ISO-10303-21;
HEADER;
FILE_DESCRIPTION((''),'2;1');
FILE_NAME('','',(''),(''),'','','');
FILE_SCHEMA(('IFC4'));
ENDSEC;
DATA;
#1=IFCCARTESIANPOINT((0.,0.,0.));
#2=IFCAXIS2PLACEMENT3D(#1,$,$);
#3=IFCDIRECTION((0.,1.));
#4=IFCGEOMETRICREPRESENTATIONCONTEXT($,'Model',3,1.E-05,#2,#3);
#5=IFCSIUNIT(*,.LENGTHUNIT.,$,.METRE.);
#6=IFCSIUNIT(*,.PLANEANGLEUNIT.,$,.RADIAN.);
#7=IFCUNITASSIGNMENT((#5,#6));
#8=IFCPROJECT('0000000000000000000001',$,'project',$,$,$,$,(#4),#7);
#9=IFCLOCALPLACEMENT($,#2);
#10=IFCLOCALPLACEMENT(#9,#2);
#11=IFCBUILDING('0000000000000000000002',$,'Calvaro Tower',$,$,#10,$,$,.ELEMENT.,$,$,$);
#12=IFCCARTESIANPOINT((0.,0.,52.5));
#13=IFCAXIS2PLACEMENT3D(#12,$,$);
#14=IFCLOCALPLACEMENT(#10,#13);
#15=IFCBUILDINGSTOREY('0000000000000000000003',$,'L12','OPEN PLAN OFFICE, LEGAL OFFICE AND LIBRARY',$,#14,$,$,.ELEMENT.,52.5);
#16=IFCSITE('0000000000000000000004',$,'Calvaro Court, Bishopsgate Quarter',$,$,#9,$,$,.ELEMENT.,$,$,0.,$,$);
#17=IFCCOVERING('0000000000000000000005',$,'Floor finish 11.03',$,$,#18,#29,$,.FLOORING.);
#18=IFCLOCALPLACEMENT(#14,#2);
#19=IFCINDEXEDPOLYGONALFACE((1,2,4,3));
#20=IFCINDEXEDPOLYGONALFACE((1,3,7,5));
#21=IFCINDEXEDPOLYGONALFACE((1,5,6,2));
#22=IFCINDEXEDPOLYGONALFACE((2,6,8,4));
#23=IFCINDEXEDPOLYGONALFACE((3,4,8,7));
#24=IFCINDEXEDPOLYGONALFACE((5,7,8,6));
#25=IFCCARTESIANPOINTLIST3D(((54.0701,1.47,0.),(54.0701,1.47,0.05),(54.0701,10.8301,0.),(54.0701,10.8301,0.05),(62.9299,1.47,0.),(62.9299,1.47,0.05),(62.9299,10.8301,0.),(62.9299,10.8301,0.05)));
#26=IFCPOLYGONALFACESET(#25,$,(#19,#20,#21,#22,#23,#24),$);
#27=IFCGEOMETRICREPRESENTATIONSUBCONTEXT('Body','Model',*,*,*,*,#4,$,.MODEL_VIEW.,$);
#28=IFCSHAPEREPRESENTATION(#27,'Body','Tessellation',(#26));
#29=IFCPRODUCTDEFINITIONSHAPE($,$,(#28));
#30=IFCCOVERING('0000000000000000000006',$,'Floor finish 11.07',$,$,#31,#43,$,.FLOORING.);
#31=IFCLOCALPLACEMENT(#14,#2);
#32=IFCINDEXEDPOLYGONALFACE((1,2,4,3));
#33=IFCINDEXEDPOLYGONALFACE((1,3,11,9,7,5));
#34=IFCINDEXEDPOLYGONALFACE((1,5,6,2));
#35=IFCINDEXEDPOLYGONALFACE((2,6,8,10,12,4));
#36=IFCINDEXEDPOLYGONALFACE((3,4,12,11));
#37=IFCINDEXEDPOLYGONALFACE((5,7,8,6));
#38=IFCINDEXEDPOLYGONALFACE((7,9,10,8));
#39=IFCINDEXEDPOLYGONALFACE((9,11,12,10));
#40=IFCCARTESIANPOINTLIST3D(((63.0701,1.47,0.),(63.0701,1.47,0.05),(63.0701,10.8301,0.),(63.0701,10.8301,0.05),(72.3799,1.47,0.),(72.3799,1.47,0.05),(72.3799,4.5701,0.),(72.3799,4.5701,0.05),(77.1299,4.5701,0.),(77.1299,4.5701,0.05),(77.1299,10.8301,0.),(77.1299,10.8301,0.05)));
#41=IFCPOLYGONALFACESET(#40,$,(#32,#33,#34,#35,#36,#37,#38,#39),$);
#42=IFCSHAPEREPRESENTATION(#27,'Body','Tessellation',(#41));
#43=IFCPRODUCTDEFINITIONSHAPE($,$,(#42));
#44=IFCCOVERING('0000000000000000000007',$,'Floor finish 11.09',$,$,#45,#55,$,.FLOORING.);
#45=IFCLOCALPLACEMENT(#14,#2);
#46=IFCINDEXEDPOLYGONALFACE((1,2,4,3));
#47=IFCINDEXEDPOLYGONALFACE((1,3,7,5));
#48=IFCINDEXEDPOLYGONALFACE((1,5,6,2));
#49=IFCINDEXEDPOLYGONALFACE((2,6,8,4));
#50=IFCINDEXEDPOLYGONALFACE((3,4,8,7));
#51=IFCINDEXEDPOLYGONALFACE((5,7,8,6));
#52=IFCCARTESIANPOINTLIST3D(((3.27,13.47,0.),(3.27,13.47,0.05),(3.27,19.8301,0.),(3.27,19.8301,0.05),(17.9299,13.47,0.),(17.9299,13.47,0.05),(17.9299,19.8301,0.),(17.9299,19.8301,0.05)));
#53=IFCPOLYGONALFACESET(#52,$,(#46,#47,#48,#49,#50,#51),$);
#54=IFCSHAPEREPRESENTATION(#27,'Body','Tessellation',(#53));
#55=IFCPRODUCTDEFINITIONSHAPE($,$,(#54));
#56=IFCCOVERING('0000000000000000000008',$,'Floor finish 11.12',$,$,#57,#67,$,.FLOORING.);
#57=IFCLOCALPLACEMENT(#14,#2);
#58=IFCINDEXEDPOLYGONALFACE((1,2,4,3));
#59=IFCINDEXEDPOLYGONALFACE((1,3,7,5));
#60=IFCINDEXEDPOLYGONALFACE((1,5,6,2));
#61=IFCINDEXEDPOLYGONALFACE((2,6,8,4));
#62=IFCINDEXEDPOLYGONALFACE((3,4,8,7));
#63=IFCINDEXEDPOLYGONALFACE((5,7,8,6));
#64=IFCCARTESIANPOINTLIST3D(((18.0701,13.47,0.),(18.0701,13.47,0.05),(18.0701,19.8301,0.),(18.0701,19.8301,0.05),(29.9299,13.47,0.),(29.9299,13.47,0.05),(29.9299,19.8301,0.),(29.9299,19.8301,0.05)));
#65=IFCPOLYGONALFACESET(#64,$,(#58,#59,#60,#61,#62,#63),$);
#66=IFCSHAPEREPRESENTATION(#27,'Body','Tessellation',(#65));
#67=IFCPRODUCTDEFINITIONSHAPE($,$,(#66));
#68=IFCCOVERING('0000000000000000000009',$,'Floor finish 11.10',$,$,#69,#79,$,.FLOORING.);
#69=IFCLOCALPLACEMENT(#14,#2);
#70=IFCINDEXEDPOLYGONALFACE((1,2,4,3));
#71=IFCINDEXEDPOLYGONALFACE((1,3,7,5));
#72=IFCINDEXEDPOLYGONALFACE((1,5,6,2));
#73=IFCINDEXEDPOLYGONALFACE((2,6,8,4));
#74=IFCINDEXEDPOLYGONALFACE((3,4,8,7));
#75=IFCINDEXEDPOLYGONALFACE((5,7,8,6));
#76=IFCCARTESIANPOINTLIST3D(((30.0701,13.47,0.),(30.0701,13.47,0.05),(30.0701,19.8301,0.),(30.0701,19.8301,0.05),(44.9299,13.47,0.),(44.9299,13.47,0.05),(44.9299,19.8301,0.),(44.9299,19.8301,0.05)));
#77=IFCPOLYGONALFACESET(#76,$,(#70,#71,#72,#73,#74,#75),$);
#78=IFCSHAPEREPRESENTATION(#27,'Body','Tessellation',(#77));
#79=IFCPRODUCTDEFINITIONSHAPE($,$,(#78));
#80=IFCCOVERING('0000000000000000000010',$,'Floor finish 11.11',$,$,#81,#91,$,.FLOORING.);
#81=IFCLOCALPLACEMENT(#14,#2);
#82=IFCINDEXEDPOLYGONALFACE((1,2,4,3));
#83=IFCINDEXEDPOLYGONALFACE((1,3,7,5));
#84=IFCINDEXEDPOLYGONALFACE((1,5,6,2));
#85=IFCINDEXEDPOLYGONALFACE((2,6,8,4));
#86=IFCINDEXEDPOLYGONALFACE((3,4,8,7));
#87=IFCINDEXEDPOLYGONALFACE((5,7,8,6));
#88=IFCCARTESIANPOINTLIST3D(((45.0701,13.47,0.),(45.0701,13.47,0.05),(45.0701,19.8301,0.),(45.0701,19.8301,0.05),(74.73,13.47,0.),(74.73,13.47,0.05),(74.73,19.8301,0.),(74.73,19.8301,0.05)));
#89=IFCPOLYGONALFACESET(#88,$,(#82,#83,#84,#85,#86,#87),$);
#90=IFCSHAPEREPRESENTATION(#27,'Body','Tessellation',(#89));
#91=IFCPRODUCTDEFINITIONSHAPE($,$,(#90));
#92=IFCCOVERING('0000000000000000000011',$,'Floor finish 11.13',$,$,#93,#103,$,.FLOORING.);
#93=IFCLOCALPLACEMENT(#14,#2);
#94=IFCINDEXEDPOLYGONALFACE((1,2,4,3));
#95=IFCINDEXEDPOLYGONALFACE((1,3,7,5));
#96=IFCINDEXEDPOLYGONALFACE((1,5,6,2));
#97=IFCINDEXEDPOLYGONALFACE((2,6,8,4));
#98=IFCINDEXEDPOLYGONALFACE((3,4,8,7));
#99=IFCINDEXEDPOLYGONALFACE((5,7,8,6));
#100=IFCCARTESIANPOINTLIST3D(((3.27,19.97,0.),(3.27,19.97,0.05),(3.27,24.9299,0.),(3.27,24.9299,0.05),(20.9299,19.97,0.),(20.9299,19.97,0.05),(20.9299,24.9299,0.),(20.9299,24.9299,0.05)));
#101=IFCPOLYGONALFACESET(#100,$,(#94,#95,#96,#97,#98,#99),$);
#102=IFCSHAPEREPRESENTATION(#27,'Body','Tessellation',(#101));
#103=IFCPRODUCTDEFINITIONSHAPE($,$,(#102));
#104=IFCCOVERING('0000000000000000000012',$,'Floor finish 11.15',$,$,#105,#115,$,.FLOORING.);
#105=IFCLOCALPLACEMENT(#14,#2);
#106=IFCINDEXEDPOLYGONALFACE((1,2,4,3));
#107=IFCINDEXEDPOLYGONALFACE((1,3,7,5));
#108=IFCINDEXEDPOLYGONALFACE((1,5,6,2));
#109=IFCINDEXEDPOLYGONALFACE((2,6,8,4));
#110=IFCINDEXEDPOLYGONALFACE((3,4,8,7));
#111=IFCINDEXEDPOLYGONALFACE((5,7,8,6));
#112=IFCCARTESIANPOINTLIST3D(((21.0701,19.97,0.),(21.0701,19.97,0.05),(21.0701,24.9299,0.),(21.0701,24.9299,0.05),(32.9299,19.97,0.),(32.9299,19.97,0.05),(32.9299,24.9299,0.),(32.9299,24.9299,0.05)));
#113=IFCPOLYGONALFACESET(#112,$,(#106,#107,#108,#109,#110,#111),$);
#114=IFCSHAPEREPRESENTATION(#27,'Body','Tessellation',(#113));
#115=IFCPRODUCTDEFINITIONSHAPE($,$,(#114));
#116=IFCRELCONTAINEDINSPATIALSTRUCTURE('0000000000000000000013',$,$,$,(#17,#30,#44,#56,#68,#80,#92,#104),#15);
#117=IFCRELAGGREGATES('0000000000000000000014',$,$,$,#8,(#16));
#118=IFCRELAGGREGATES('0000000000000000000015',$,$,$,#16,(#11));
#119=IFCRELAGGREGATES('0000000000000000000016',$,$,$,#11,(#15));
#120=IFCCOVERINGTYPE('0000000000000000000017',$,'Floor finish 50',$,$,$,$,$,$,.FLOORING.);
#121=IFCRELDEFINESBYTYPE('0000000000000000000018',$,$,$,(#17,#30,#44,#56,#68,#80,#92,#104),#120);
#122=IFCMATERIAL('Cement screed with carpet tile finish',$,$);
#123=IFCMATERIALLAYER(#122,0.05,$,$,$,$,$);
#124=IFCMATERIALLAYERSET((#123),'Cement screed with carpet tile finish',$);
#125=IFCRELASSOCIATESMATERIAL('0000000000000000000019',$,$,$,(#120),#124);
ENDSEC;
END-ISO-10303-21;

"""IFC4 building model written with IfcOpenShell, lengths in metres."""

from ifc_helpers import new_model, si_unit, direction, frame, origin, place, context, subcontext, project, spatial, polyline, outline, extrude, material, layer, layer_set, type_object, element, save


model = new_model("IFC4")

# Units and contexts
model_context = context("Model", 3, precision=1e-05, world=origin(), true_north=direction((0.0, 1.0)))
body_context = subcontext(model_context, "Body", "Model", "MODEL_VIEW")
ifc_project = project(units=[si_unit("LENGTHUNIT", "METRE"), si_unit("PLANEANGLEUNIT", "RADIAN")], contexts=[model_context])

# Site, building, storey
site_placement = place(None, origin())
site = spatial("IfcSite", under=ifc_project, at=site_placement, Name="Calvaro Court, Bishopsgate Quarter", CompositionType="ELEMENT", RefElevation=0.0)
building_placement = place(site_placement, origin())
building = spatial("IfcBuilding", under=site, at=building_placement, Name="Calvaro Tower", CompositionType="ELEMENT")
storey_placement = place(building_placement, frame((0.0, 0.0, 52.5)))
storey = spatial("IfcBuildingStorey", under=building, at=storey_placement, Name="L12", Description="OPEN PLAN OFFICE, LEGAL OFFICE AND LIBRARY", CompositionType="ELEMENT", Elevation=52.5)

# Coverings
ifc_material_1 = material(Name="Cement screed with carpet tile finish")
ifc_layer_1 = layer(ifc_material_1, 0.05)
ifc_layer_set_1 = layer_set([ifc_layer_1], Name="Cement screed with carpet tile finish")
covering_type = type_object("IfcCoveringType", Name="Floor finish 50", PredefinedType="FLOORING", material=ifc_layer_set_1)
covering_1_placement = place(storey_placement, origin())
element("IfcCovering", 1, at=covering_1_placement, inside=storey, type_object=covering_type, Name="Floor finish 11.03", PredefinedType="FLOORING", context=body_context, shape_type="SweptSolid", body=[
    extrude(outline(polyline([(54.0701, 10.8301), (62.9299, 10.8301), (62.9299, 1.47), (54.0701, 1.47), (54.0701, 10.8301)])), origin(), (0.0, 0.0, 1.0), 0.05),
])
covering_2_placement = place(storey_placement, origin())
element("IfcCovering", 2, at=covering_2_placement, inside=storey, type_object=covering_type, Name="Floor finish 11.07", PredefinedType="FLOORING", context=body_context, shape_type="SweptSolid", body=[
    extrude(outline(polyline([(77.1299, 4.5701), (72.3799, 4.5701), (72.3799, 1.47), (63.0701, 1.47), (63.0701, 10.8301), (77.1299, 10.8301), (77.1299, 4.5701)])), origin(), (0.0, 0.0, 1.0), 0.05),
])
covering_3_placement = place(storey_placement, origin())
element("IfcCovering", 3, at=covering_3_placement, inside=storey, type_object=covering_type, Name="Floor finish 11.09", PredefinedType="FLOORING", context=body_context, shape_type="SweptSolid", body=[
    extrude(outline(polyline([(3.27, 13.47), (3.27, 19.8301), (17.9299, 19.8301), (17.9299, 13.47), (3.27, 13.47)])), origin(), (0.0, 0.0, 1.0), 0.05),
])
covering_4_placement = place(storey_placement, origin())
element("IfcCovering", 4, at=covering_4_placement, inside=storey, type_object=covering_type, Name="Floor finish 11.12", PredefinedType="FLOORING", context=body_context, shape_type="SweptSolid", body=[
    extrude(outline(polyline([(18.0701, 13.47), (18.0701, 19.8301), (29.9299, 19.8301), (29.9299, 13.47), (18.0701, 13.47)])), origin(), (0.0, 0.0, 1.0), 0.05),
])
covering_5_placement = place(storey_placement, origin())
element("IfcCovering", 5, at=covering_5_placement, inside=storey, type_object=covering_type, Name="Floor finish 11.10", PredefinedType="FLOORING", context=body_context, shape_type="SweptSolid", body=[
    extrude(outline(polyline([(30.0701, 13.47), (30.0701, 19.8301), (44.9299, 19.8301), (44.9299, 13.47), (30.0701, 13.47)])), origin(), (0.0, 0.0, 1.0), 0.05),
])
covering_6_placement = place(storey_placement, origin())
element("IfcCovering", 6, at=covering_6_placement, inside=storey, type_object=covering_type, Name="Floor finish 11.11", PredefinedType="FLOORING", context=body_context, shape_type="SweptSolid", body=[
    extrude(outline(polyline([(45.0701, 13.47), (45.0701, 19.8301), (74.73, 19.8301), (74.73, 13.47), (45.0701, 13.47)])), origin(), (0.0, 0.0, 1.0), 0.05),
])
covering_7_placement = place(storey_placement, origin())
element("IfcCovering", 7, at=covering_7_placement, inside=storey, type_object=covering_type, Name="Floor finish 11.13", PredefinedType="FLOORING", context=body_context, shape_type="SweptSolid", body=[
    extrude(outline(polyline([(3.27, 19.97), (3.27, 24.9299), (20.9299, 24.9299), (20.9299, 19.97), (3.27, 19.97)])), origin(), (0.0, 0.0, 1.0), 0.05),
])
covering_8_placement = place(storey_placement, origin())
element("IfcCovering", 8, at=covering_8_placement, inside=storey, type_object=covering_type, Name="Floor finish 11.15", PredefinedType="FLOORING", context=body_context, shape_type="SweptSolid", body=[
    extrude(outline(polyline([(21.0701, 19.97), (21.0701, 24.9299), (32.9299, 24.9299), (32.9299, 19.97), (21.0701, 19.97)])), origin(), (0.0, 0.0, 1.0), 0.05),
])

save(model, "model.ifc")
